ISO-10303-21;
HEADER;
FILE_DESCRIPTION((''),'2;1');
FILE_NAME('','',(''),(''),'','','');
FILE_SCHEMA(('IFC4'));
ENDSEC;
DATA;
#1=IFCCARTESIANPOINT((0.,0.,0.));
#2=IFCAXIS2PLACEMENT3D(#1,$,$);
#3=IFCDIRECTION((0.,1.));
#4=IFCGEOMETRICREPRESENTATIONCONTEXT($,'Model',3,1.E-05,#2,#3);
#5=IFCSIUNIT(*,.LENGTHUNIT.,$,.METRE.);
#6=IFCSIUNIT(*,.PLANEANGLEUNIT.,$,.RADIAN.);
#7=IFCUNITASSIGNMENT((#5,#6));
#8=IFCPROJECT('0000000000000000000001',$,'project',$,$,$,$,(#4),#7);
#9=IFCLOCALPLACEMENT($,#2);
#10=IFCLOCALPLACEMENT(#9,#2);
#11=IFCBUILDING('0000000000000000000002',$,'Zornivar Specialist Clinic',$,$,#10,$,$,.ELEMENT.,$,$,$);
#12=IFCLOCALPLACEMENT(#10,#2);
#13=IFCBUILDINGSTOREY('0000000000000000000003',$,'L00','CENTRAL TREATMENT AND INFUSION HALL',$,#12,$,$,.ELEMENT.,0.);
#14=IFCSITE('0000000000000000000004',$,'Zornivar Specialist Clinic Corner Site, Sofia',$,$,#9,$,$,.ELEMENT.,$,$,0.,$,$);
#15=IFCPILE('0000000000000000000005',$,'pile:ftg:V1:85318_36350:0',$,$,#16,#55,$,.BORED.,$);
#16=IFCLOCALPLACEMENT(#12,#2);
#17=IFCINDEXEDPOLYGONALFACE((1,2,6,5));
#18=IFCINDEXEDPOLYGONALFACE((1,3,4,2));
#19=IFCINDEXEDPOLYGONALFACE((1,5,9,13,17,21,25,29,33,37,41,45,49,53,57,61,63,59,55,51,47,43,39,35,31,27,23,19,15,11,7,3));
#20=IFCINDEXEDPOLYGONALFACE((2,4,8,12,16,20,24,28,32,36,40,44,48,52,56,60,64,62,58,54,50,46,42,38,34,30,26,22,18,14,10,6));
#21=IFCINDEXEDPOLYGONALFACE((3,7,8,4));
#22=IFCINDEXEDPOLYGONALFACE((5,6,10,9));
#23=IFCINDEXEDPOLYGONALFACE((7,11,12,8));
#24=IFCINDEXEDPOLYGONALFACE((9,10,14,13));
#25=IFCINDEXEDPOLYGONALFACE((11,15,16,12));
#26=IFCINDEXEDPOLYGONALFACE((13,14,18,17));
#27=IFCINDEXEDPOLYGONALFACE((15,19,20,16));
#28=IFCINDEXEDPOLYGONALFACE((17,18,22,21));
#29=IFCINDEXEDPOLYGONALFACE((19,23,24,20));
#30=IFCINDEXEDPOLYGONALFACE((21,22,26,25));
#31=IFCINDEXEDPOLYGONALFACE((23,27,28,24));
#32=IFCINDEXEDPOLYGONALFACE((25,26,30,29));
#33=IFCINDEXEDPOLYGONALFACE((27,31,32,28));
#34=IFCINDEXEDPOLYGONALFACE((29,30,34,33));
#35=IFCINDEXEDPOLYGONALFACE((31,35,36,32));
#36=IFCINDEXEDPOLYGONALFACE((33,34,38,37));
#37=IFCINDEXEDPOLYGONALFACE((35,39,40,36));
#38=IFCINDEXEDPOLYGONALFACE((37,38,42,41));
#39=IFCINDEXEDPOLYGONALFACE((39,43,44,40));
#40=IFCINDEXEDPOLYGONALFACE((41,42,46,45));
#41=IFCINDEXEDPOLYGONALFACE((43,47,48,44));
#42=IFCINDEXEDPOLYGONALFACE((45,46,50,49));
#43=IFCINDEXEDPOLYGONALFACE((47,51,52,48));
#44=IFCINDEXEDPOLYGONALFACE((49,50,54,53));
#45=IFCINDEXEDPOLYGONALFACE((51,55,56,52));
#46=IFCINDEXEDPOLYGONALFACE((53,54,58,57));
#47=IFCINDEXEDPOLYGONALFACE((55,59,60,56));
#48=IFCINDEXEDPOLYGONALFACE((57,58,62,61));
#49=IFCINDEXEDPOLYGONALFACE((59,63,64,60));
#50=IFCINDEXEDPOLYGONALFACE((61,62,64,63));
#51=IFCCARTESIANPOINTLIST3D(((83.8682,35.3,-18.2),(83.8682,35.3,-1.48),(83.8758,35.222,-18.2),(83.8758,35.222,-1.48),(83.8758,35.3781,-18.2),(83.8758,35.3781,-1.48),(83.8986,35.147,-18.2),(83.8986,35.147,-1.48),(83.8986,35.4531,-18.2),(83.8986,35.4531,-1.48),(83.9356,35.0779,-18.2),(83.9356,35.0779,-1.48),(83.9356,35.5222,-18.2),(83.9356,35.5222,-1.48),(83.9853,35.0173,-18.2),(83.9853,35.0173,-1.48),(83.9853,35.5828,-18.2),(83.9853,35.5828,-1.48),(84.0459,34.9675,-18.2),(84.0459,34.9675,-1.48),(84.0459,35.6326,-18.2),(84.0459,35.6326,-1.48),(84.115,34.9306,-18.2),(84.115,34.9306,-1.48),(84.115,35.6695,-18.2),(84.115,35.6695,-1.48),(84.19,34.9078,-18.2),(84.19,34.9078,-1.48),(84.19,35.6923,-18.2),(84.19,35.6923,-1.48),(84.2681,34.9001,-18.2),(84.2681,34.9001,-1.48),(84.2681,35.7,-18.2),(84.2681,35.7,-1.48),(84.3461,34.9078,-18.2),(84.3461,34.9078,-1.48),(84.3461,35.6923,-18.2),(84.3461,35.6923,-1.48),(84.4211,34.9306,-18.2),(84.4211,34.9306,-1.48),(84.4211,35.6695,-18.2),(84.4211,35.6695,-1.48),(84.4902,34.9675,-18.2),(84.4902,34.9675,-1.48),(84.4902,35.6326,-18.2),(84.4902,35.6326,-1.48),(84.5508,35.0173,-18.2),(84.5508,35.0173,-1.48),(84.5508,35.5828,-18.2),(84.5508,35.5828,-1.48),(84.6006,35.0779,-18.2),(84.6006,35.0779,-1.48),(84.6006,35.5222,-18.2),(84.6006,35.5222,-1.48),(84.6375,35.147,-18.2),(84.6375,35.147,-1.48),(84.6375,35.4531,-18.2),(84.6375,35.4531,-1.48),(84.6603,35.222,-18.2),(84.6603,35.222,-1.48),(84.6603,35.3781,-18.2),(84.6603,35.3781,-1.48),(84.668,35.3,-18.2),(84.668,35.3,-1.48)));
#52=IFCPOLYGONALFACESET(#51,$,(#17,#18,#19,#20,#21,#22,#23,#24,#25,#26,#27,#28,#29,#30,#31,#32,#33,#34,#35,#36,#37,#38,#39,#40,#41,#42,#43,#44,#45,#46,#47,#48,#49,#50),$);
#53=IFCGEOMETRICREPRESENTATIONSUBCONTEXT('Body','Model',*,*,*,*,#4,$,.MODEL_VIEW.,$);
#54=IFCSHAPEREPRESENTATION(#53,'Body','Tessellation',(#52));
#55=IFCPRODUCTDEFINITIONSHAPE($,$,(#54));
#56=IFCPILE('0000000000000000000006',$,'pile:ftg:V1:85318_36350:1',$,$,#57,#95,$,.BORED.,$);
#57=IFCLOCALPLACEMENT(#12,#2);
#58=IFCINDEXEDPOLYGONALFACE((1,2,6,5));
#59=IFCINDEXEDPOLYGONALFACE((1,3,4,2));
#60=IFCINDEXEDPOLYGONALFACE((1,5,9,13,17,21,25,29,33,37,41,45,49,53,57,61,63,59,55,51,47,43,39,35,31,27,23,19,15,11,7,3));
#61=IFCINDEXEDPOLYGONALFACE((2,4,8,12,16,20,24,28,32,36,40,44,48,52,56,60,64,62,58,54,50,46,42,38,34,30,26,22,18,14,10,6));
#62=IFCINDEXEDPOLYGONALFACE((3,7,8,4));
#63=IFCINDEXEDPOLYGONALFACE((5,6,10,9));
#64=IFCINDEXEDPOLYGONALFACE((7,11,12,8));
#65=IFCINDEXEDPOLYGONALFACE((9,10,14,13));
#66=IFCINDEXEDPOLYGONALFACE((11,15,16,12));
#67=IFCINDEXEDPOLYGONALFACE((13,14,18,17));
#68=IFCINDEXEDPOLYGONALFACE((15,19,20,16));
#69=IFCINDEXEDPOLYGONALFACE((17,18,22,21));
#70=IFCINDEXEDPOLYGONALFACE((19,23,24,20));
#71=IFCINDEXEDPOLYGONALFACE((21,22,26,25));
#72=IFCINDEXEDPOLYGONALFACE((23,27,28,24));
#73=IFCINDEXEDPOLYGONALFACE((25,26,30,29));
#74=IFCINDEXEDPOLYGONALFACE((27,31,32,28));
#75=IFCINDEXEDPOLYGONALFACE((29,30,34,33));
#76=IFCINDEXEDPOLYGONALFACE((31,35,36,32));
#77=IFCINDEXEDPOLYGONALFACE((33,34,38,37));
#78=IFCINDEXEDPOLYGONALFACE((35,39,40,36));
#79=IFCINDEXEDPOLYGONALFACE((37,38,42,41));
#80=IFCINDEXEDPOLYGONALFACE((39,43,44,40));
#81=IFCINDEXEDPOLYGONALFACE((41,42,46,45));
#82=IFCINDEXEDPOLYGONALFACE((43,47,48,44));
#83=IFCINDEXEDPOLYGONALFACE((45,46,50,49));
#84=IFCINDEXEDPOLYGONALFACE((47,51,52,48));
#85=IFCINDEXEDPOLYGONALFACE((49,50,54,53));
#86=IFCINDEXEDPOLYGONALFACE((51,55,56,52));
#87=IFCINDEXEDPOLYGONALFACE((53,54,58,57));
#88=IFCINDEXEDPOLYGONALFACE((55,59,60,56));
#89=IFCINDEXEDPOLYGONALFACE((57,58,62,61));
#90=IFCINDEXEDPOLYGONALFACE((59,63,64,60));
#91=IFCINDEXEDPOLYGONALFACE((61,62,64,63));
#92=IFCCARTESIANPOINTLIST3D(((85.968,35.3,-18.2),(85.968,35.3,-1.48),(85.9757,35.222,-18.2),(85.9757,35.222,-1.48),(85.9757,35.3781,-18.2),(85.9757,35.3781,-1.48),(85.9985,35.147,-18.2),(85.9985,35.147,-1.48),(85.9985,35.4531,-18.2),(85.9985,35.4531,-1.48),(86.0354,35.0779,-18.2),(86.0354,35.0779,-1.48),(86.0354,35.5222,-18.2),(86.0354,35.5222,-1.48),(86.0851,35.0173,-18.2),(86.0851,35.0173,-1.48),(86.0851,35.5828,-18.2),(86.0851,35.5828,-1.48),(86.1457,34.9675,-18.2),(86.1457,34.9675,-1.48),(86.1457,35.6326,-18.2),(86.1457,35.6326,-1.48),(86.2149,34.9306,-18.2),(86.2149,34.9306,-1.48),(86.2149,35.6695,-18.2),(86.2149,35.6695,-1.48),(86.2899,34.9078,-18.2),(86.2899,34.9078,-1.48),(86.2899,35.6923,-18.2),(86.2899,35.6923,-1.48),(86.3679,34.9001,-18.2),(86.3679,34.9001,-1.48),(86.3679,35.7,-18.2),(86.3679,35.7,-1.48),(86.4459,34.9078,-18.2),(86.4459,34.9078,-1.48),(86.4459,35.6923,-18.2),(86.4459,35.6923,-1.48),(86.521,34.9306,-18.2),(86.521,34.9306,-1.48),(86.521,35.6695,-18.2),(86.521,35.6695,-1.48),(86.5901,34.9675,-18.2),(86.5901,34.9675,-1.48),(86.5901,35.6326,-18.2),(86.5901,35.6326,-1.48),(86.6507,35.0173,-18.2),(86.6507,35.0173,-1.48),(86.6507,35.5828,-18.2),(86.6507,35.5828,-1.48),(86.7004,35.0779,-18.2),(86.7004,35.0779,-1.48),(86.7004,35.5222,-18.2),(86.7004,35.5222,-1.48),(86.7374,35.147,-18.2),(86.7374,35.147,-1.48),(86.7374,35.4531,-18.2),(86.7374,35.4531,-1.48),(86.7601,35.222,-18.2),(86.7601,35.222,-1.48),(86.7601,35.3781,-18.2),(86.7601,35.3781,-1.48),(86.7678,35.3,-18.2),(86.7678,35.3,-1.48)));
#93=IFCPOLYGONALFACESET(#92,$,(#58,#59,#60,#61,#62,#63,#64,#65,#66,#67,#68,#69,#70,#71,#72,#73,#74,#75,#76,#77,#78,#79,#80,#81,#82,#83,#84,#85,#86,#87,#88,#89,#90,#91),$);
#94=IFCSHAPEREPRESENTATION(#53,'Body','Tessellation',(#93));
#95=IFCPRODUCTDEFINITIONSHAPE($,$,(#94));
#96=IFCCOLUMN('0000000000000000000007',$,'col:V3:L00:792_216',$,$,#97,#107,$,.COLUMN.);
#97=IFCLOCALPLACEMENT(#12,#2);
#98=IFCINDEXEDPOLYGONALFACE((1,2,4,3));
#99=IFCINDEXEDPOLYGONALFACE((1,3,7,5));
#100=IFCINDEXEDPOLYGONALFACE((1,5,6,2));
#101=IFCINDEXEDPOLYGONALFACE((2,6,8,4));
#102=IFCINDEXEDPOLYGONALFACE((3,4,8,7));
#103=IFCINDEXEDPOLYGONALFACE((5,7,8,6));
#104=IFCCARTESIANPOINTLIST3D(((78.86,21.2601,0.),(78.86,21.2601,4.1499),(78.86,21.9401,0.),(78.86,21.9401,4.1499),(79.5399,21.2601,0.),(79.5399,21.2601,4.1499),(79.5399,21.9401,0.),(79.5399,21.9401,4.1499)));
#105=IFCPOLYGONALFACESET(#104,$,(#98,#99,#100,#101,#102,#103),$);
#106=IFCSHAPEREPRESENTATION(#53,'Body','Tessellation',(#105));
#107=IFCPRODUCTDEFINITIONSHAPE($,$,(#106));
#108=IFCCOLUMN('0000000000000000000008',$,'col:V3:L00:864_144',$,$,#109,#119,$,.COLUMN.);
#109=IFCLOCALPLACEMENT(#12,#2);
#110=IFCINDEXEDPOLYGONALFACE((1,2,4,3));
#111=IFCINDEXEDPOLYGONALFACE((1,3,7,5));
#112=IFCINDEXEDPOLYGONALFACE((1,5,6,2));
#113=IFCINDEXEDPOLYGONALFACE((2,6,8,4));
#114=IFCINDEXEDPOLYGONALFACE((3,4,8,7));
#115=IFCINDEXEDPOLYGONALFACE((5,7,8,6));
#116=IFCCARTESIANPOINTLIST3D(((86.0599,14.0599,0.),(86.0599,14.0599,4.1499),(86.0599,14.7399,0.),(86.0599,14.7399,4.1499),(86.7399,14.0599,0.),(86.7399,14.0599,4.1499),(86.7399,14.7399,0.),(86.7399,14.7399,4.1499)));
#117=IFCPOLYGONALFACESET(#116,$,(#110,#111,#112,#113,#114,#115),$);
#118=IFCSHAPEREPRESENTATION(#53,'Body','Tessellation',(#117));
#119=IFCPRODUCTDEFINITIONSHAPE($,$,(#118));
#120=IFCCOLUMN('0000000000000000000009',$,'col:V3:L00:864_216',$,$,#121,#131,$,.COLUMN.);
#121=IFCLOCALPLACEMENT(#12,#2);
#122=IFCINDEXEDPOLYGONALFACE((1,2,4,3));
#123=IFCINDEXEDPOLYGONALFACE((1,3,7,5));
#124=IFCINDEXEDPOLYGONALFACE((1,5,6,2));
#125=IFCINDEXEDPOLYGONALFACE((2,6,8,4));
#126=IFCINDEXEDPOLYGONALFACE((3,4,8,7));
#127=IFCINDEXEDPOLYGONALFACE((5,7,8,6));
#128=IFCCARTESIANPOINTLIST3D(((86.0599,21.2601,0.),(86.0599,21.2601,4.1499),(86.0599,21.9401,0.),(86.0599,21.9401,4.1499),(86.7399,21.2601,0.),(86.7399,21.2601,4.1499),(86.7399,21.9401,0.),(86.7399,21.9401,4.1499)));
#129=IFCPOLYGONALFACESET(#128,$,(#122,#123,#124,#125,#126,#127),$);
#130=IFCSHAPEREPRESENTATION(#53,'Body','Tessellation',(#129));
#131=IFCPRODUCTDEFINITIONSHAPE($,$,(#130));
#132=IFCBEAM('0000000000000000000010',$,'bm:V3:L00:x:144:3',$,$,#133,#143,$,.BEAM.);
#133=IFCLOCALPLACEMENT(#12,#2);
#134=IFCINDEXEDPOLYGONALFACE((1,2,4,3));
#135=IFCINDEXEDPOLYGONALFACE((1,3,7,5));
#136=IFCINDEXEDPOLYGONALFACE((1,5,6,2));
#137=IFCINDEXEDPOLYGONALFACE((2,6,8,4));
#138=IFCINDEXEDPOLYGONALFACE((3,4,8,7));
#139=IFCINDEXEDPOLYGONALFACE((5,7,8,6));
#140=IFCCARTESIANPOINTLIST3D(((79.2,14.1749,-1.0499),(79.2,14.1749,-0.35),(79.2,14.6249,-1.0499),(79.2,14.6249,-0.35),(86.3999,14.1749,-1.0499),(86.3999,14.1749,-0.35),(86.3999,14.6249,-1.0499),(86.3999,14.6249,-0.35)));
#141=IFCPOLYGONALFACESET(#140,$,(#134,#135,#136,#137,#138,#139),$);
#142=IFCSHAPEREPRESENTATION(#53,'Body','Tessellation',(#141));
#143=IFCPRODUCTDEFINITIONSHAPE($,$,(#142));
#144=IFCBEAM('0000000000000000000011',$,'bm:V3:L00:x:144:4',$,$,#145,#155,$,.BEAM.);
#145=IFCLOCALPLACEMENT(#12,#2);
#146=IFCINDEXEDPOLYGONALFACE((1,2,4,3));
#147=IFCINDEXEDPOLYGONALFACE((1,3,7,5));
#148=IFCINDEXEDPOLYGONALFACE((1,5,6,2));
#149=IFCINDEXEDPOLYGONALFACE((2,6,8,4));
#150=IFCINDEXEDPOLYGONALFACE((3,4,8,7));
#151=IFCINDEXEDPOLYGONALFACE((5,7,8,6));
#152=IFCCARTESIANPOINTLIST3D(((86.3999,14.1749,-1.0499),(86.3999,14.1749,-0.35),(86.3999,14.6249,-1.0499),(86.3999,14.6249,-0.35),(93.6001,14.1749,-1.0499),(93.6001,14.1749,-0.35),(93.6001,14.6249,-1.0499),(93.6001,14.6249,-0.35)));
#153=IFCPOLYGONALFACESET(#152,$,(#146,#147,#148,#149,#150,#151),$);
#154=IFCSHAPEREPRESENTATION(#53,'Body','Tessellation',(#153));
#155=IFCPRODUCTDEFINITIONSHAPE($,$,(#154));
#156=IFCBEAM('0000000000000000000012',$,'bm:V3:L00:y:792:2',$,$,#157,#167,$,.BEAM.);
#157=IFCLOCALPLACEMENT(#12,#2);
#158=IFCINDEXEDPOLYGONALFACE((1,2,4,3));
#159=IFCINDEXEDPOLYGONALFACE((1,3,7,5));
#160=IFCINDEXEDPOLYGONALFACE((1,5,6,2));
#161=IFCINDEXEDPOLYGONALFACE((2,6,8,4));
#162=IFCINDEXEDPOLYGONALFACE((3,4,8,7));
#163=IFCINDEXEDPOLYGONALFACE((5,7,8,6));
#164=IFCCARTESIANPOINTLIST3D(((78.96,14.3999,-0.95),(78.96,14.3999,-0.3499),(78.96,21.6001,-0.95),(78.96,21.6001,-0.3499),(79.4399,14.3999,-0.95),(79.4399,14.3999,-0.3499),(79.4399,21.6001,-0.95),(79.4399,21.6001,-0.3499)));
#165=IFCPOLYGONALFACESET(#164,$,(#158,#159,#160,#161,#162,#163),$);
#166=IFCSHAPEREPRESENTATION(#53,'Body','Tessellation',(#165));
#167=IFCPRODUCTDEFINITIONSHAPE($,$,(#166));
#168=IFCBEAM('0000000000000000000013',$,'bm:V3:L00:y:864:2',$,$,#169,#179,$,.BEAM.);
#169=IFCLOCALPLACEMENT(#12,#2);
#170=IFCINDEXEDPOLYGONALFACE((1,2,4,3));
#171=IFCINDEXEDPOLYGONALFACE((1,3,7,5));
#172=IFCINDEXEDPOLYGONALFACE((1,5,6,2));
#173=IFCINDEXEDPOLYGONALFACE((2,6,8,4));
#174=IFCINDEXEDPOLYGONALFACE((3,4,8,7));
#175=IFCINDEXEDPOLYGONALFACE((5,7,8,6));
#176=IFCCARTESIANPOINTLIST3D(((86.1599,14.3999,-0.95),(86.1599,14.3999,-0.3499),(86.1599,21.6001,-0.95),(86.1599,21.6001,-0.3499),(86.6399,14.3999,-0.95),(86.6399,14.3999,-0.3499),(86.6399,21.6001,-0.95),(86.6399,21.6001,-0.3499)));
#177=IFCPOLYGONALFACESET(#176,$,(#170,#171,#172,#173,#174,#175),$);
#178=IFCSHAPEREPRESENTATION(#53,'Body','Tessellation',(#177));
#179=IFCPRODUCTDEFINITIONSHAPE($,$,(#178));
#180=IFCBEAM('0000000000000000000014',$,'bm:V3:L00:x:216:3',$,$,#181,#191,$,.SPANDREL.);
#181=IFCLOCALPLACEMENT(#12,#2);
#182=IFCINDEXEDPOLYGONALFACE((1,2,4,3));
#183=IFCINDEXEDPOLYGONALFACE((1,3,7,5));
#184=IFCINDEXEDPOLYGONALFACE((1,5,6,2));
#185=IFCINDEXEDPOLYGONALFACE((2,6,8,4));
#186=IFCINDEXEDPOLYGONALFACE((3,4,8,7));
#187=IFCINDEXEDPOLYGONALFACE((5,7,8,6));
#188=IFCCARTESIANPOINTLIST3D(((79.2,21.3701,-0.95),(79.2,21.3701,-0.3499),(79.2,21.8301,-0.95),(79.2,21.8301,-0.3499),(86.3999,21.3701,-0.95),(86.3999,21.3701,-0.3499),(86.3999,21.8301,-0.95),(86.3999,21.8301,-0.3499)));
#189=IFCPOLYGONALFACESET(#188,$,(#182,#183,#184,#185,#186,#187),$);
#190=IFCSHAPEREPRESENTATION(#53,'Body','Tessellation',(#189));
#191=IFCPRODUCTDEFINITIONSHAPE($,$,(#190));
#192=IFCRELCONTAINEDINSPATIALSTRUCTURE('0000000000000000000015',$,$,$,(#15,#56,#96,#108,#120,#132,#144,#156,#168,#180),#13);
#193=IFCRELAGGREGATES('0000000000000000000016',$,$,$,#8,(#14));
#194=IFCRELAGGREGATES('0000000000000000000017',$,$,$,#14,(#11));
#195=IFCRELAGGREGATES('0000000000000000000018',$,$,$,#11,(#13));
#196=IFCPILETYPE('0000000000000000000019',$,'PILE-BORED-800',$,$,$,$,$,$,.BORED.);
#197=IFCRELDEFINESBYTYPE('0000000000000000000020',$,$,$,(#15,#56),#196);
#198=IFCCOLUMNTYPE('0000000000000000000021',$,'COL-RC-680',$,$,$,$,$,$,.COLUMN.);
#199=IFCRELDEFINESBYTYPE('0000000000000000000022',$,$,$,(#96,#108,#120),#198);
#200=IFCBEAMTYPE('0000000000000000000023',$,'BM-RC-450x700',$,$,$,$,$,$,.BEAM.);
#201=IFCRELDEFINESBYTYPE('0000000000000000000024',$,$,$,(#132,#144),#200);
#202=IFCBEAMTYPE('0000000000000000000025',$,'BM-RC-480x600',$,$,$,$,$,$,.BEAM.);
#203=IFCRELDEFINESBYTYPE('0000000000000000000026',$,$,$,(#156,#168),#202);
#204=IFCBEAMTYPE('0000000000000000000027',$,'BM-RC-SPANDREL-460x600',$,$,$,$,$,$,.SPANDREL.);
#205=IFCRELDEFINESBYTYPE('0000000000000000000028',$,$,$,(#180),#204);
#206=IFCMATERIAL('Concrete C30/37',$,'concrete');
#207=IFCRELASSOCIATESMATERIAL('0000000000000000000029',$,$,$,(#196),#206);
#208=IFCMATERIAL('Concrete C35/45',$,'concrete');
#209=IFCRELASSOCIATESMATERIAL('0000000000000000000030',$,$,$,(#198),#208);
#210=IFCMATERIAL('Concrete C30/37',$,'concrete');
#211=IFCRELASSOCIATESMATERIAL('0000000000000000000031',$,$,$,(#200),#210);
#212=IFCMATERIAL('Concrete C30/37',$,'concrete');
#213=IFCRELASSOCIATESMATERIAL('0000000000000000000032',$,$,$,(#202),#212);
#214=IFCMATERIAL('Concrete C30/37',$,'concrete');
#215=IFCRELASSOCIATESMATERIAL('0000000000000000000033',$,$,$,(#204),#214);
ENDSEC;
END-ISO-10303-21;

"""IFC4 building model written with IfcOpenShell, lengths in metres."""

from ifc_helpers import new_model, si_unit, direction, frame, origin, origin_2d, place, context, subcontext, project, spatial, rectangle, circle, extrude, material, material_profile, profile_set, type_object, element, save


model = new_model("IFC4")

# Units and contexts
model_context = context("Model", 3, precision=1e-05, world=origin(), true_north=direction((0.0, 1.0)))
body_context = subcontext(model_context, "Body", "Model", "MODEL_VIEW")
ifc_project = project(units=[si_unit("LENGTHUNIT", "METRE"), si_unit("PLANEANGLEUNIT", "RADIAN")], contexts=[model_context])

# Site, building, storey
site_placement = place(None, origin())
site = spatial("IfcSite", under=ifc_project, at=site_placement, Name="Zornivar Specialist Clinic Corner Site, Sofia", CompositionType="ELEMENT", RefElevation=0.0)
building_placement = place(site_placement, origin())
building = spatial("IfcBuilding", under=site, at=building_placement, Name="Zornivar Specialist Clinic", CompositionType="ELEMENT")
storey_placement = place(building_placement, origin())
storey = spatial("IfcBuildingStorey", under=building, at=storey_placement, Name="L00", Description="CENTRAL TREATMENT AND INFUSION HALL", CompositionType="ELEMENT", Elevation=0.0)

# Piles
ifc_material_1 = material(Name="Concrete C30/37", Category="concrete")
ifc_material_profile_1 = material_profile(ifc_material_1, circle(Radius=0.3999, at=origin_2d()), Name="PILE D800")
ifc_profile_set_1 = profile_set([ifc_material_profile_1], Name="Concrete C30/37")
pile_type = type_object("IfcPileType", Name="PILE-BORED-800", PredefinedType="BORED", material=ifc_profile_set_1)
for number, where, z_axis, x_axis, name in (
    (1, (84.2681, 35.3, -1.48), (0.0, 0.0, -1.0), (1.0, 0.0, 0.0), "pile:ftg:V1:85318_36350:0"),
    (2, (86.3679, 35.3, -1.48), (0.0, 0.0, -1.0), (1.0, 0.0, 0.0), "pile:ftg:V1:85318_36350:1"),
):
    element("IfcPile", number, at=place(storey_placement, frame(where, z_axis=z_axis, x_axis=x_axis)), inside=storey, type_object=pile_type, Name=name, PredefinedType="BORED", context=body_context, shape_type="SweptSolid", body=[
        extrude(circle(Radius=0.3999, at=origin_2d()), origin(), (0.0, 0.0, 1.0), 16.72),
    ])

# Columns
ifc_material_2 = material(Name="Concrete C35/45", Category="concrete")
ifc_material_profile_2 = material_profile(ifc_material_2, rectangle(XDim=0.6799, YDim=0.6799, at=origin_2d()), Name="RC 680x680")
ifc_profile_set_2 = profile_set([ifc_material_profile_2], Name="Concrete C35/45")
column_type = type_object("IfcColumnType", Name="COL-RC-680", PredefinedType="COLUMN", material=ifc_profile_set_2)
for number, where, z_axis, x_axis, name in (
    (3, (79.2, 21.6001, 0.0), (0.0, 0.0, 1.0), (1.0, 0.0, 0.0), "col:V3:L00:792_216"),
    (4, (86.3999, 14.3999, 0.0), (0.0, 0.0, 1.0), (1.0, 0.0, 0.0), "col:V3:L00:864_144"),
    (5, (86.3999, 21.6001, 0.0), (0.0, 0.0, 1.0), (1.0, 0.0, 0.0), "col:V3:L00:864_216"),
):
    element("IfcColumn", number, at=place(storey_placement, frame(where, z_axis=z_axis, x_axis=x_axis)), inside=storey, type_object=column_type, Name=name, PredefinedType="COLUMN", context=body_context, shape_type="SweptSolid", body=[
        extrude(rectangle(XDim=0.6799, YDim=0.6799, at=origin_2d()), origin(), (0.0, 0.0, 1.0), 4.1499),
    ])

# Beams
ifc_material_3 = material(Name="Concrete C30/37", Category="concrete")
ifc_material_profile_3 = material_profile(ifc_material_3, rectangle(XDim=0.45, YDim=0.7, at=origin_2d()), Name="RC 450x700")
ifc_profile_set_3 = profile_set([ifc_material_profile_3], Name="Concrete C30/37")
beam_type_1 = type_object("IfcBeamType", Name="BM-RC-450x700", PredefinedType="BEAM", material=ifc_profile_set_3)
beam_1_placement = place(storey_placement, frame((79.2, 14.3999, -0.7), z_axis=(1.0, 0.0, 0.0), x_axis=(0.0, 1.0, 0.0)))
element("IfcBeam", 6, at=beam_1_placement, inside=storey, type_object=beam_type_1, Name="bm:V3:L00:x:144:3", PredefinedType="BEAM", context=body_context, shape_type="SweptSolid", body=[
    extrude(rectangle(XDim=0.45, YDim=0.7, at=origin_2d()), origin(), (0.0, 0.0, 1.0), 7.2),
])
beam_2_placement = place(storey_placement, frame((86.3999, 14.3999, -0.7), z_axis=(1.0, 0.0, 0.0), x_axis=(0.0, 1.0, 0.0)))
element("IfcBeam", 7, at=beam_2_placement, inside=storey, type_object=beam_type_1, Name="bm:V3:L00:x:144:4", PredefinedType="BEAM", context=body_context, shape_type="SweptSolid", body=[
    extrude(rectangle(XDim=0.45, YDim=0.7, at=origin_2d()), origin(), (0.0, 0.0, 1.0), 7.2002),
])
ifc_material_4 = material(Name="Concrete C30/37", Category="concrete")
ifc_material_profile_4 = material_profile(ifc_material_4, rectangle(XDim=0.48, YDim=0.6001, at=origin_2d()), Name="RC 480x600")
ifc_profile_set_4 = profile_set([ifc_material_profile_4], Name="Concrete C30/37")
beam_type_2 = type_object("IfcBeamType", Name="BM-RC-480x600", PredefinedType="BEAM", material=ifc_profile_set_4)
for number, where, z_axis, x_axis, name in (
    (8, (79.2, 14.3999, -0.6499), (0.0, 1.0, 0.0), (-1.0, 0.0, 0.0), "bm:V3:L00:y:792:2"),
    (9, (86.3999, 14.3999, -0.6499), (0.0, 1.0, 0.0), (-1.0, 0.0, 0.0), "bm:V3:L00:y:864:2"),
):
    element("IfcBeam", number, at=place(storey_placement, frame(where, z_axis=z_axis, x_axis=x_axis)), inside=storey, type_object=beam_type_2, Name=name, PredefinedType="BEAM", context=body_context, shape_type="SweptSolid", body=[
        extrude(rectangle(XDim=0.48, YDim=0.6001, at=origin_2d()), origin(), (0.0, 0.0, 1.0), 7.2002),
    ])
ifc_material_5 = material(Name="Concrete C30/37", Category="concrete")
ifc_material_profile_5 = material_profile(ifc_material_5, rectangle(XDim=0.46, YDim=0.6001, at=origin_2d()), Name="RC 460x600")
ifc_profile_set_5 = profile_set([ifc_material_profile_5], Name="Concrete C30/37")
beam_type_3 = type_object("IfcBeamType", Name="BM-RC-SPANDREL-460x600", PredefinedType="SPANDREL", material=ifc_profile_set_5)
beam_3_placement = place(storey_placement, frame((79.2, 21.6001, -0.6499), z_axis=(1.0, 0.0, 0.0), x_axis=(0.0, 1.0, 0.0)))
element("IfcBeam", 10, at=beam_3_placement, inside=storey, type_object=beam_type_3, Name="bm:V3:L00:x:216:3", PredefinedType="SPANDREL", context=body_context, shape_type="SweptSolid", body=[
    extrude(rectangle(XDim=0.46, YDim=0.6001, at=origin_2d()), origin(), (0.0, 0.0, 1.0), 7.2),
])

save(model, "model.ifc")
